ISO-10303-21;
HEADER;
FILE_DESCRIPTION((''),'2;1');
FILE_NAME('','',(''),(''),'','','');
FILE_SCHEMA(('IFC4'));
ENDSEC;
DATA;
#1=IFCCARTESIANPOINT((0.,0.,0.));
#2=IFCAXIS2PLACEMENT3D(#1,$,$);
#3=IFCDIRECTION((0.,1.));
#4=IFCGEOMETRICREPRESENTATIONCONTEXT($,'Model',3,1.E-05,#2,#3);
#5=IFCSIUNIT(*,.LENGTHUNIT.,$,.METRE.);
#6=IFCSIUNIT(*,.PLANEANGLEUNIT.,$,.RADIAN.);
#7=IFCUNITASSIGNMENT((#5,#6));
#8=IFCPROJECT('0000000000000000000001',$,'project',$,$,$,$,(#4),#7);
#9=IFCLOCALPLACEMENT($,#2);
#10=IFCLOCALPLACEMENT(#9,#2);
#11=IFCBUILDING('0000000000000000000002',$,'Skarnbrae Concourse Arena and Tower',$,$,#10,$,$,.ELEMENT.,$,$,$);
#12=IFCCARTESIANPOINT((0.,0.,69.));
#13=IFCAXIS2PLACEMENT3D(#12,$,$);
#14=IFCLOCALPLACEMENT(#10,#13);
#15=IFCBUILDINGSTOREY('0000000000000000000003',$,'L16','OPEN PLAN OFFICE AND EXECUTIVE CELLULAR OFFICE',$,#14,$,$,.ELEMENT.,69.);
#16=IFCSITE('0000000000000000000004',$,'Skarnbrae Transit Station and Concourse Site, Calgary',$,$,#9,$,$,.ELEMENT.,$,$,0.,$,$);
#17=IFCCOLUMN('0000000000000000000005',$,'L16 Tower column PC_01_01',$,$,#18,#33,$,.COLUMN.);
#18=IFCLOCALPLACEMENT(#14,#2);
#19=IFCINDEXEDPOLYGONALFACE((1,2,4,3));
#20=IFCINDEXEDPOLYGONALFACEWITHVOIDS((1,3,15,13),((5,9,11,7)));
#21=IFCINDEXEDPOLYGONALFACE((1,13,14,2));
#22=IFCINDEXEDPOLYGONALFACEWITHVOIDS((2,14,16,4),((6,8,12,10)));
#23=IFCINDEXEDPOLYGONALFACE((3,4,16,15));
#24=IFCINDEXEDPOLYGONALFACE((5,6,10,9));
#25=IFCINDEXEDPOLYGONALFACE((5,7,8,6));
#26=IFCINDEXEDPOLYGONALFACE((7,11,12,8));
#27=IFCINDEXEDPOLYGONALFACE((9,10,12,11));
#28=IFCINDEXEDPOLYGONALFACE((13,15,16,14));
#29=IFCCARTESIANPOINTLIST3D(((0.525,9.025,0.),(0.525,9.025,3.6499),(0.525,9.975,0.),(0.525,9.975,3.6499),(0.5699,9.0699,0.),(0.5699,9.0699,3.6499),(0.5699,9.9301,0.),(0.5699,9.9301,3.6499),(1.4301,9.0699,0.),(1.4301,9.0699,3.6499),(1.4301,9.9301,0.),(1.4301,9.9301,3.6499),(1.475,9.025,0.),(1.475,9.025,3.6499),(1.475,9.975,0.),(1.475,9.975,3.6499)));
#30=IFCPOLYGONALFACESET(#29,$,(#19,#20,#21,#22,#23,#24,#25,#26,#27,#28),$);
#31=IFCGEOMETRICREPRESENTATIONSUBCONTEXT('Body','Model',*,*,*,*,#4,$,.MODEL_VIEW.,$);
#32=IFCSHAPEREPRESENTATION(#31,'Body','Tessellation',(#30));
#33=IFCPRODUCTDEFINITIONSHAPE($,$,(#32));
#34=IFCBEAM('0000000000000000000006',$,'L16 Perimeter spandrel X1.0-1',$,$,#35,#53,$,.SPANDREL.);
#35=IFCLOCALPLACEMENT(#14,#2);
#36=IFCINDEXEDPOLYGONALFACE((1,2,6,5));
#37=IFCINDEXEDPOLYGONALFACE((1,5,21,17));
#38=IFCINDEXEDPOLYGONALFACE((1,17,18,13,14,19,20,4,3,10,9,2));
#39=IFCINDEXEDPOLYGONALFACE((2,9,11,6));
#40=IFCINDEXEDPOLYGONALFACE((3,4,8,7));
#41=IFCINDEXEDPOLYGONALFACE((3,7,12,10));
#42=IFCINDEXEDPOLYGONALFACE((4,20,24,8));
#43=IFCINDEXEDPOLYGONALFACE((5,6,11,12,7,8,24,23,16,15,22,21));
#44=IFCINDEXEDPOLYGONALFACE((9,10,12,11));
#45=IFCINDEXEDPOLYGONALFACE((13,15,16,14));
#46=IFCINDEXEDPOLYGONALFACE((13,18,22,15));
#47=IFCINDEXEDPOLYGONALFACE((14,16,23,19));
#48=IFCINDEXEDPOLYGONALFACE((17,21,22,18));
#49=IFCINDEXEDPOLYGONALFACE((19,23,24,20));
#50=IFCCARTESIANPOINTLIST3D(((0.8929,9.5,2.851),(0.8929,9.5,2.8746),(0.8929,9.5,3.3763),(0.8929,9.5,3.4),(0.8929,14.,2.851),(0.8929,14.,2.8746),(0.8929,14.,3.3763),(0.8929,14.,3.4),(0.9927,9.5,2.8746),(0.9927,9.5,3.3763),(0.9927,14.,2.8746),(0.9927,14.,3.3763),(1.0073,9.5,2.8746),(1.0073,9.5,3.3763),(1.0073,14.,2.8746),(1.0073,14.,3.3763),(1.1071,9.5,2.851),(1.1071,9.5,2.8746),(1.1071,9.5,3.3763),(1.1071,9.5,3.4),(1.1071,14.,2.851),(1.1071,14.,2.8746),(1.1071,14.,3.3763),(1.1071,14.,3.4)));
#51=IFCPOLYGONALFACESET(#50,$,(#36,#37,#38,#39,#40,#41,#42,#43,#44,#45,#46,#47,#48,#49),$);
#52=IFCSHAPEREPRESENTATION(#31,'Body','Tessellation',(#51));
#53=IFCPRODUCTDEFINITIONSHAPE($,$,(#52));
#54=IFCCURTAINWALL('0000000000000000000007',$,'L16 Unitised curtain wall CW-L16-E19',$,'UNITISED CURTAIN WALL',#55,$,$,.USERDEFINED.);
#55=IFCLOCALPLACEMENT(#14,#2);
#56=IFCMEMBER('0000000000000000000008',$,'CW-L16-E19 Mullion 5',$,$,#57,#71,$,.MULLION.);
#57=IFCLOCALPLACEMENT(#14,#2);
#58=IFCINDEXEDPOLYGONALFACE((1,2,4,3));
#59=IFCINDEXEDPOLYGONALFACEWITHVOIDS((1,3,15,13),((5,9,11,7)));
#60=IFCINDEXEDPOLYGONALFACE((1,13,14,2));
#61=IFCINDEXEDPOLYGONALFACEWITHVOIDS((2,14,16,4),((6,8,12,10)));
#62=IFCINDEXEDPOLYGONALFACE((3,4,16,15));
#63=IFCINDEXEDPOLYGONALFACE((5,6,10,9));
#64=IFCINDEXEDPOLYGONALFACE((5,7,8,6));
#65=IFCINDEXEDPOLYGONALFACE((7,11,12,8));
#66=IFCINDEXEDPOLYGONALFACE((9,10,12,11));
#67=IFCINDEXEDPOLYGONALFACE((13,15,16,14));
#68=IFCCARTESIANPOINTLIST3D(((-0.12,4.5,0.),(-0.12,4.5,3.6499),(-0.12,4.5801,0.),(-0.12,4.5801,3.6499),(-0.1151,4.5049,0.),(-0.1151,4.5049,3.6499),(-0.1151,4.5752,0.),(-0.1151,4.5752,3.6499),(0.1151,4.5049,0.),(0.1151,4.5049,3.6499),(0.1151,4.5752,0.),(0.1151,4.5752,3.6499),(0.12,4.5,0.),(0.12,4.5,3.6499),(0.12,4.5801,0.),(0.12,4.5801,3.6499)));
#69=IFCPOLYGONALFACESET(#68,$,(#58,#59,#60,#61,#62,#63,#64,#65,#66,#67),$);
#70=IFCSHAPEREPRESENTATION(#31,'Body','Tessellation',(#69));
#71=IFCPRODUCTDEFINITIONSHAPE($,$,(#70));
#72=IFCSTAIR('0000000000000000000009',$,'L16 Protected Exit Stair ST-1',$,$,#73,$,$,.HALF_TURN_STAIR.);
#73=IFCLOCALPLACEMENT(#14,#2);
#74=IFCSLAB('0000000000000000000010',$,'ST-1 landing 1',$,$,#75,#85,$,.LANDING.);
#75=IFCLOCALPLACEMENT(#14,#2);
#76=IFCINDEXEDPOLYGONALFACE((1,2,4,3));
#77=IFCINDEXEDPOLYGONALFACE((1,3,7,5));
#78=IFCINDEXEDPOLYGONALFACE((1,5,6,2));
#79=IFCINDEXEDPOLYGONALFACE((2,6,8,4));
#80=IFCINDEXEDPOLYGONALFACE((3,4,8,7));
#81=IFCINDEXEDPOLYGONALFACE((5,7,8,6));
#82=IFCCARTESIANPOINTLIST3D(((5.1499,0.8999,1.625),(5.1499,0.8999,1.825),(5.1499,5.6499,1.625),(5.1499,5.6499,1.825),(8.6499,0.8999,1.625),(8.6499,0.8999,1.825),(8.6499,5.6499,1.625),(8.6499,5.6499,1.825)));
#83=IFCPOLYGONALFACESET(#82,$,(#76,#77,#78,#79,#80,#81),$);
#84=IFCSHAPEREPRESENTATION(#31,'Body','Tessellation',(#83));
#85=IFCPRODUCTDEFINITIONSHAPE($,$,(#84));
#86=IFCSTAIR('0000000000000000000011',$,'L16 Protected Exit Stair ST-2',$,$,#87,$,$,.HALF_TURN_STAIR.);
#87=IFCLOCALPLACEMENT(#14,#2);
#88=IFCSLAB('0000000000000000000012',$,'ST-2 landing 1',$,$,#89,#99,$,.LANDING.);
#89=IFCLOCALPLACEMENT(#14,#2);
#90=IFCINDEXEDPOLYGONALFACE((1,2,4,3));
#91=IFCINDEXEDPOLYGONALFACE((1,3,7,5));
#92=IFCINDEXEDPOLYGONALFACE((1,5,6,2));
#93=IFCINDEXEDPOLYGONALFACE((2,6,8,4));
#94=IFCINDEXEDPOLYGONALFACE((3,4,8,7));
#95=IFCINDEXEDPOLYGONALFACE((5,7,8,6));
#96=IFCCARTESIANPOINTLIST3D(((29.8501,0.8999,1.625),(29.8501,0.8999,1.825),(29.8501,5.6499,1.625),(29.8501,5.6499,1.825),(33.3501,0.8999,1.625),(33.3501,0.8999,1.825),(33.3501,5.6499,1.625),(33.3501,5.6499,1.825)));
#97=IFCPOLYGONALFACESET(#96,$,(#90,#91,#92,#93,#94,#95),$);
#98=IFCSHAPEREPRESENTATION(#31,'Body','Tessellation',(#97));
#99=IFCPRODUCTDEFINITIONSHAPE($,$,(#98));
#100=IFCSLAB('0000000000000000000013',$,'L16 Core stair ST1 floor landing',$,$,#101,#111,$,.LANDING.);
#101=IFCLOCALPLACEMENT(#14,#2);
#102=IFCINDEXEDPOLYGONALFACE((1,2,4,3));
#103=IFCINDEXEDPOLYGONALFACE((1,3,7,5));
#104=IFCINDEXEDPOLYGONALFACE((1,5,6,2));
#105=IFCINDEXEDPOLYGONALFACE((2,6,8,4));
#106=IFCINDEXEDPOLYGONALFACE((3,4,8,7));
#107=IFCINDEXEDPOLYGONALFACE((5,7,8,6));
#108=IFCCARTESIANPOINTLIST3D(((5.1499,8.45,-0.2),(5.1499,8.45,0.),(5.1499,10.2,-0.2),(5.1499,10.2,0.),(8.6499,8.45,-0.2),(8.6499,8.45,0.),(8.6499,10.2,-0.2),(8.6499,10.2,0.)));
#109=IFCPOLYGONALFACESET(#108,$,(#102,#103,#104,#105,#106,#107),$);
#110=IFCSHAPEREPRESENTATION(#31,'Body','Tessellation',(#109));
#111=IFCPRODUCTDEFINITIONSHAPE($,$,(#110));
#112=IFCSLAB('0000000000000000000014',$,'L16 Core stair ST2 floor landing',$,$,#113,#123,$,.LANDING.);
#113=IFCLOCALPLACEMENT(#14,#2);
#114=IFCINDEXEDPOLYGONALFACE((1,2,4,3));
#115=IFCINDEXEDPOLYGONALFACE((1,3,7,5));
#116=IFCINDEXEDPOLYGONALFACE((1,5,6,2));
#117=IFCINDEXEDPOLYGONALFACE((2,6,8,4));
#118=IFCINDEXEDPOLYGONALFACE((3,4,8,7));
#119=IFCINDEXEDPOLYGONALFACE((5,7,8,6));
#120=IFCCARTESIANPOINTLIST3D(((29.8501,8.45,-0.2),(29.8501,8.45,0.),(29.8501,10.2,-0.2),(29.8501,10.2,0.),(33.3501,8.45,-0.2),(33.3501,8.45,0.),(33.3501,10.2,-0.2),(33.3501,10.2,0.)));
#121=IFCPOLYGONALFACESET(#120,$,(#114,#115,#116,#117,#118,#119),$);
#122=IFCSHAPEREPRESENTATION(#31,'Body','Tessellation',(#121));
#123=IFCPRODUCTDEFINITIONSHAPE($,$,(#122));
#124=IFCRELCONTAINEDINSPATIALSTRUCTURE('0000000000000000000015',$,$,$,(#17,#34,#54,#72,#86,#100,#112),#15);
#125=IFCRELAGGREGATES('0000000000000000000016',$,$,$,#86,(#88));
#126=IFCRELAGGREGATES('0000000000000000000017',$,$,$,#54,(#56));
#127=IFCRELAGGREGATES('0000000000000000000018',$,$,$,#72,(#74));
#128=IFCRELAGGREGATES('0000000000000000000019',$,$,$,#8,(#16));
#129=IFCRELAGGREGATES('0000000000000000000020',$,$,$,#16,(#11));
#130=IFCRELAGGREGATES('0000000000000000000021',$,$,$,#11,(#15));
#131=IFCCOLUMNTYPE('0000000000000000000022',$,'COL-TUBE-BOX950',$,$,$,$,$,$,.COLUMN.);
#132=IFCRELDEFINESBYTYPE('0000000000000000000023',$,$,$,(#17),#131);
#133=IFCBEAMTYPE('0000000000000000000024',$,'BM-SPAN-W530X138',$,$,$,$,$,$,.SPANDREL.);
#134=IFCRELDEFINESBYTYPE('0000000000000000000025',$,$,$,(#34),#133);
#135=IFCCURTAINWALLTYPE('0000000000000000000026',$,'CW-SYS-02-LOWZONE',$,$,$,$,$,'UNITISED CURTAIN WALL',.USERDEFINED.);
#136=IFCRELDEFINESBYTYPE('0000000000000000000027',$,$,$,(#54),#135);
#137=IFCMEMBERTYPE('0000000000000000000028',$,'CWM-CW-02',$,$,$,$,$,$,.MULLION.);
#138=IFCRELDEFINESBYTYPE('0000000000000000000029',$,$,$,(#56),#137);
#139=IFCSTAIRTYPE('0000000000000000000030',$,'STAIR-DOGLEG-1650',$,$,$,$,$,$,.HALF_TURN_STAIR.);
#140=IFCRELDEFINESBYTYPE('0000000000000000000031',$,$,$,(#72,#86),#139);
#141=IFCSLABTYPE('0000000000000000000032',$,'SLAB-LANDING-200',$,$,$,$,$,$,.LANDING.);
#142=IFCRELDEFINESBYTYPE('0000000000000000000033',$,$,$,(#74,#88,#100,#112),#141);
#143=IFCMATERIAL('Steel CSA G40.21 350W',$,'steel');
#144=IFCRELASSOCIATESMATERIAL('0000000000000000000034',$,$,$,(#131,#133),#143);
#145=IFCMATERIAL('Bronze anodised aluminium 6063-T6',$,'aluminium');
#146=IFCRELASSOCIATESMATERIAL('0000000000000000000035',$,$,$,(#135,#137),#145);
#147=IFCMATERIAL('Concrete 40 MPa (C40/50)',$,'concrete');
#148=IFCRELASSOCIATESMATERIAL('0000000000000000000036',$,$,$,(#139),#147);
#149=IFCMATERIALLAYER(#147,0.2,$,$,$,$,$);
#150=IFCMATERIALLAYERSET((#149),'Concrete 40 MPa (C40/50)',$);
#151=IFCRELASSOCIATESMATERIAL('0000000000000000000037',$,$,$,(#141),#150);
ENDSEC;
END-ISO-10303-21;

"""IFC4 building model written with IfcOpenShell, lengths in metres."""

from ifc_helpers import new_model, si_unit, direction, frame, origin, origin_2d, place, context, subcontext, project, spatial, polyline, hollow_rectangle, i_section, outline, extrude, source, transform, mapped, material, layer, layer_set, material_profile, profile_set, type_object, element, aggregate, save


model = new_model("IFC4")

# Units and contexts
model_context = context("Model", 3, precision=1e-05, world=origin(), true_north=direction((0.0, 1.0)))
body_context = subcontext(model_context, "Body", "Model", "MODEL_VIEW")
ifc_project = project(units=[si_unit("LENGTHUNIT", "METRE"), si_unit("PLANEANGLEUNIT", "RADIAN")], contexts=[model_context])

# Site, building, storey
site_placement = place(None, origin())
site = spatial("IfcSite", under=ifc_project, at=site_placement, Name="Skarnbrae Transit Station and Concourse Site, Calgary", CompositionType="ELEMENT", RefElevation=0.0)
building_placement = place(site_placement, origin())
building = spatial("IfcBuilding", under=site, at=building_placement, Name="Skarnbrae Concourse Arena and Tower", CompositionType="ELEMENT")
storey_placement = place(building_placement, frame((0.0, 0.0, 69.0)))
storey = spatial("IfcBuildingStorey", under=building, at=storey_placement, Name="L16", Description="OPEN PLAN OFFICE AND EXECUTIVE CELLULAR OFFICE", CompositionType="ELEMENT", Elevation=69.0)

# Column
ifc_material_1 = material(Name="Steel CSA G40.21 350W", Category="steel")
ifc_material_profile_1 = material_profile(ifc_material_1, hollow_rectangle(XDim=0.95, YDim=0.95, WallThickness=0.0449, at=origin_2d()), Name="BOX950X950X45")
ifc_profile_set_1 = profile_set([ifc_material_profile_1], Name="Steel CSA G40.21 350W")
column_type = type_object("IfcColumnType", Name="COL-TUBE-BOX950", PredefinedType="COLUMN", material=ifc_profile_set_1)
shared_shape_1 = source(origin(), body_context, "Body", "SweptSolid", [
    extrude(hollow_rectangle(XDim=0.95, YDim=0.95, WallThickness=0.0449, at=origin_2d()), origin(), (0.0, 0.0, 1.0), 3.6499),
])
column_placement = place(storey_placement, frame((1.0, 9.5, 0.0), z_axis=(0.0, 0.0, 1.0), x_axis=(1.0, 0.0, 0.0)))
element("IfcColumn", 1, at=column_placement, inside=storey, type_object=column_type, Name="L16 Tower column PC_01_01", PredefinedType="COLUMN", context=body_context, shape_type="MappedRepresentation", body=[
    mapped(shared_shape_1, transform((0.0, 0.0, 0.0))),
])

# Beam
ifc_material_profile_2 = material_profile(ifc_material_1, i_section(OverallWidth=0.2141, OverallDepth=0.5491, WebThickness=0.0146, FlangeThickness=0.0237, at=origin_2d()), Name="W530X138")
ifc_profile_set_2 = profile_set([ifc_material_profile_2], Name="Steel CSA G40.21 350W")
beam_type = type_object("IfcBeamType", Name="BM-SPAN-W530X138", PredefinedType="SPANDREL", material=ifc_profile_set_2)
shared_shape_2 = source(origin(), body_context, "Body", "SweptSolid", [
    extrude(i_section(OverallWidth=0.2141, OverallDepth=0.5491, WebThickness=0.0146, FlangeThickness=0.0237, at=origin_2d()), origin(), (0.0, 0.0, 1.0), 4.5),
])
beam_placement = place(storey_placement, frame((1.0, 9.5, 3.1255), z_axis=(0.0, 1.0, 0.0), x_axis=(-1.0, 0.0, 0.0)))
element("IfcBeam", 2, at=beam_placement, inside=storey, type_object=beam_type, Name="L16 Perimeter spandrel X1.0-1", PredefinedType="SPANDREL", context=body_context, shape_type="MappedRepresentation", body=[
    mapped(shared_shape_2, transform((0.0, 0.0, 0.0))),
])

# Curtain wall, member
ifc_material_2 = material(Name="Bronze anodised aluminium 6063-T6", Category="aluminium")
curtain_wall_type = type_object("IfcCurtainWallType", Name="CW-SYS-02-LOWZONE", ElementType="UNITISED CURTAIN WALL", PredefinedType="USERDEFINED", material=ifc_material_2)
curtain_wall_placement = place(storey_placement, origin())
curtain_wall = element("IfcCurtainWall", 3, at=curtain_wall_placement, inside=storey, type_object=curtain_wall_type, Name="L16 Unitised curtain wall CW-L16-E19", ObjectType="UNITISED CURTAIN WALL", PredefinedType="USERDEFINED")
ifc_material_profile_3 = material_profile(ifc_material_2, hollow_rectangle(XDim=0.0801, YDim=0.24, WallThickness=0.0049, at=origin_2d()), Name="ALU-MULL-80X240")
ifc_profile_set_3 = profile_set([ifc_material_profile_3], Name="Bronze anodised aluminium 6063-T6")
member_type = type_object("IfcMemberType", Name="CWM-CW-02", PredefinedType="MULLION", material=ifc_profile_set_3)
shared_shape_3 = source(origin(), body_context, "Body", "SweptSolid", [
    extrude(hollow_rectangle(XDim=0.0801, YDim=0.24, WallThickness=0.0049, at=origin_2d()), origin(), (0.0, 0.0, 1.0), 3.6499),
])
member_placement = place(storey_placement, frame((0.0, 4.54, 0.0), z_axis=(0.0, 0.0, 1.0), x_axis=(0.0, -1.0, 0.0)))
member = element("IfcMember", 4, at=member_placement, type_object=member_type, Name="CW-L16-E19 Mullion 5", PredefinedType="MULLION", context=body_context, shape_type="MappedRepresentation", body=[
    mapped(shared_shape_3, transform((0.0, 0.0, 0.0))),
])

# Stairs, slabs
ifc_material_3 = material(Name="Concrete 40 MPa (C40/50)", Category="concrete")
stair_type = type_object("IfcStairType", Name="STAIR-DOGLEG-1650", PredefinedType="HALF_TURN_STAIR", material=ifc_material_3)
stair_1_placement = place(storey_placement, origin())
stair_1 = element("IfcStair", 5, at=stair_1_placement, inside=storey, type_object=stair_type, Name="L16 Protected Exit Stair ST-1", PredefinedType="HALF_TURN_STAIR")
ifc_layer_1 = layer(ifc_material_3, 0.2)
ifc_layer_set_1 = layer_set([ifc_layer_1], Name="Concrete 40 MPa (C40/50)")
slab_type_1 = type_object("IfcSlabType", Name="SLAB-LANDING-200", PredefinedType="LANDING", material=ifc_layer_set_1)
slab_1_placement = place(storey_placement, frame((0.0, 0.0, 1.625)))
slab_1 = element("IfcSlab", 6, at=slab_1_placement, type_object=slab_type_1, Name="ST-1 landing 1", PredefinedType="LANDING", context=body_context, shape_type="SweptSolid", body=[
    extrude(outline(polyline([(5.1499, 5.6499), (5.1499, 0.8999), (8.6499, 0.8999), (8.6499, 5.6499), (5.1499, 5.6499)])), origin(), (0.0, 0.0, 1.0), 0.2),
])
stair_2_placement = place(storey_placement, origin())
stair_2 = element("IfcStair", 7, at=stair_2_placement, inside=storey, type_object=stair_type, Name="L16 Protected Exit Stair ST-2", PredefinedType="HALF_TURN_STAIR")
slab_2_placement = place(storey_placement, frame((0.0, 0.0, 1.625)))
slab_2 = element("IfcSlab", 8, at=slab_2_placement, type_object=slab_type_1, Name="ST-2 landing 1", PredefinedType="LANDING", context=body_context, shape_type="SweptSolid", body=[
    extrude(outline(polyline([(29.8501, 5.6499), (29.8501, 0.8999), (33.3501, 0.8999), (33.3501, 5.6499), (29.8501, 5.6499)])), origin(), (0.0, 0.0, 1.0), 0.2),
])
aggregate(stair_2, [slab_2])

# Slabs
slab_3_placement = place(storey_placement, frame((0.0, 0.0, -0.2)))
element("IfcSlab", 9, at=slab_3_placement, inside=storey, type_object=slab_type_1, Name="L16 Core stair ST1 floor landing", PredefinedType="LANDING", context=body_context, shape_type="SweptSolid", body=[
    extrude(outline(polyline([(5.1499, 10.2), (5.1499, 8.45), (8.6499, 8.45), (8.6499, 10.2), (5.1499, 10.2)])), origin(), (0.0, 0.0, 1.0), 0.2),
])
slab_4_placement = place(storey_placement, frame((0.0, 0.0, -0.2)))
element("IfcSlab", 10, at=slab_4_placement, inside=storey, type_object=slab_type_1, Name="L16 Core stair ST2 floor landing", PredefinedType="LANDING", context=body_context, shape_type="SweptSolid", body=[
    extrude(outline(polyline([(29.8501, 10.2), (29.8501, 8.45), (33.3501, 8.45), (33.3501, 10.2), (29.8501, 10.2)])), origin(), (0.0, 0.0, 1.0), 0.2),
])

aggregate(curtain_wall, [member])

aggregate(stair_1, [slab_1])

save(model, "model.ifc")
